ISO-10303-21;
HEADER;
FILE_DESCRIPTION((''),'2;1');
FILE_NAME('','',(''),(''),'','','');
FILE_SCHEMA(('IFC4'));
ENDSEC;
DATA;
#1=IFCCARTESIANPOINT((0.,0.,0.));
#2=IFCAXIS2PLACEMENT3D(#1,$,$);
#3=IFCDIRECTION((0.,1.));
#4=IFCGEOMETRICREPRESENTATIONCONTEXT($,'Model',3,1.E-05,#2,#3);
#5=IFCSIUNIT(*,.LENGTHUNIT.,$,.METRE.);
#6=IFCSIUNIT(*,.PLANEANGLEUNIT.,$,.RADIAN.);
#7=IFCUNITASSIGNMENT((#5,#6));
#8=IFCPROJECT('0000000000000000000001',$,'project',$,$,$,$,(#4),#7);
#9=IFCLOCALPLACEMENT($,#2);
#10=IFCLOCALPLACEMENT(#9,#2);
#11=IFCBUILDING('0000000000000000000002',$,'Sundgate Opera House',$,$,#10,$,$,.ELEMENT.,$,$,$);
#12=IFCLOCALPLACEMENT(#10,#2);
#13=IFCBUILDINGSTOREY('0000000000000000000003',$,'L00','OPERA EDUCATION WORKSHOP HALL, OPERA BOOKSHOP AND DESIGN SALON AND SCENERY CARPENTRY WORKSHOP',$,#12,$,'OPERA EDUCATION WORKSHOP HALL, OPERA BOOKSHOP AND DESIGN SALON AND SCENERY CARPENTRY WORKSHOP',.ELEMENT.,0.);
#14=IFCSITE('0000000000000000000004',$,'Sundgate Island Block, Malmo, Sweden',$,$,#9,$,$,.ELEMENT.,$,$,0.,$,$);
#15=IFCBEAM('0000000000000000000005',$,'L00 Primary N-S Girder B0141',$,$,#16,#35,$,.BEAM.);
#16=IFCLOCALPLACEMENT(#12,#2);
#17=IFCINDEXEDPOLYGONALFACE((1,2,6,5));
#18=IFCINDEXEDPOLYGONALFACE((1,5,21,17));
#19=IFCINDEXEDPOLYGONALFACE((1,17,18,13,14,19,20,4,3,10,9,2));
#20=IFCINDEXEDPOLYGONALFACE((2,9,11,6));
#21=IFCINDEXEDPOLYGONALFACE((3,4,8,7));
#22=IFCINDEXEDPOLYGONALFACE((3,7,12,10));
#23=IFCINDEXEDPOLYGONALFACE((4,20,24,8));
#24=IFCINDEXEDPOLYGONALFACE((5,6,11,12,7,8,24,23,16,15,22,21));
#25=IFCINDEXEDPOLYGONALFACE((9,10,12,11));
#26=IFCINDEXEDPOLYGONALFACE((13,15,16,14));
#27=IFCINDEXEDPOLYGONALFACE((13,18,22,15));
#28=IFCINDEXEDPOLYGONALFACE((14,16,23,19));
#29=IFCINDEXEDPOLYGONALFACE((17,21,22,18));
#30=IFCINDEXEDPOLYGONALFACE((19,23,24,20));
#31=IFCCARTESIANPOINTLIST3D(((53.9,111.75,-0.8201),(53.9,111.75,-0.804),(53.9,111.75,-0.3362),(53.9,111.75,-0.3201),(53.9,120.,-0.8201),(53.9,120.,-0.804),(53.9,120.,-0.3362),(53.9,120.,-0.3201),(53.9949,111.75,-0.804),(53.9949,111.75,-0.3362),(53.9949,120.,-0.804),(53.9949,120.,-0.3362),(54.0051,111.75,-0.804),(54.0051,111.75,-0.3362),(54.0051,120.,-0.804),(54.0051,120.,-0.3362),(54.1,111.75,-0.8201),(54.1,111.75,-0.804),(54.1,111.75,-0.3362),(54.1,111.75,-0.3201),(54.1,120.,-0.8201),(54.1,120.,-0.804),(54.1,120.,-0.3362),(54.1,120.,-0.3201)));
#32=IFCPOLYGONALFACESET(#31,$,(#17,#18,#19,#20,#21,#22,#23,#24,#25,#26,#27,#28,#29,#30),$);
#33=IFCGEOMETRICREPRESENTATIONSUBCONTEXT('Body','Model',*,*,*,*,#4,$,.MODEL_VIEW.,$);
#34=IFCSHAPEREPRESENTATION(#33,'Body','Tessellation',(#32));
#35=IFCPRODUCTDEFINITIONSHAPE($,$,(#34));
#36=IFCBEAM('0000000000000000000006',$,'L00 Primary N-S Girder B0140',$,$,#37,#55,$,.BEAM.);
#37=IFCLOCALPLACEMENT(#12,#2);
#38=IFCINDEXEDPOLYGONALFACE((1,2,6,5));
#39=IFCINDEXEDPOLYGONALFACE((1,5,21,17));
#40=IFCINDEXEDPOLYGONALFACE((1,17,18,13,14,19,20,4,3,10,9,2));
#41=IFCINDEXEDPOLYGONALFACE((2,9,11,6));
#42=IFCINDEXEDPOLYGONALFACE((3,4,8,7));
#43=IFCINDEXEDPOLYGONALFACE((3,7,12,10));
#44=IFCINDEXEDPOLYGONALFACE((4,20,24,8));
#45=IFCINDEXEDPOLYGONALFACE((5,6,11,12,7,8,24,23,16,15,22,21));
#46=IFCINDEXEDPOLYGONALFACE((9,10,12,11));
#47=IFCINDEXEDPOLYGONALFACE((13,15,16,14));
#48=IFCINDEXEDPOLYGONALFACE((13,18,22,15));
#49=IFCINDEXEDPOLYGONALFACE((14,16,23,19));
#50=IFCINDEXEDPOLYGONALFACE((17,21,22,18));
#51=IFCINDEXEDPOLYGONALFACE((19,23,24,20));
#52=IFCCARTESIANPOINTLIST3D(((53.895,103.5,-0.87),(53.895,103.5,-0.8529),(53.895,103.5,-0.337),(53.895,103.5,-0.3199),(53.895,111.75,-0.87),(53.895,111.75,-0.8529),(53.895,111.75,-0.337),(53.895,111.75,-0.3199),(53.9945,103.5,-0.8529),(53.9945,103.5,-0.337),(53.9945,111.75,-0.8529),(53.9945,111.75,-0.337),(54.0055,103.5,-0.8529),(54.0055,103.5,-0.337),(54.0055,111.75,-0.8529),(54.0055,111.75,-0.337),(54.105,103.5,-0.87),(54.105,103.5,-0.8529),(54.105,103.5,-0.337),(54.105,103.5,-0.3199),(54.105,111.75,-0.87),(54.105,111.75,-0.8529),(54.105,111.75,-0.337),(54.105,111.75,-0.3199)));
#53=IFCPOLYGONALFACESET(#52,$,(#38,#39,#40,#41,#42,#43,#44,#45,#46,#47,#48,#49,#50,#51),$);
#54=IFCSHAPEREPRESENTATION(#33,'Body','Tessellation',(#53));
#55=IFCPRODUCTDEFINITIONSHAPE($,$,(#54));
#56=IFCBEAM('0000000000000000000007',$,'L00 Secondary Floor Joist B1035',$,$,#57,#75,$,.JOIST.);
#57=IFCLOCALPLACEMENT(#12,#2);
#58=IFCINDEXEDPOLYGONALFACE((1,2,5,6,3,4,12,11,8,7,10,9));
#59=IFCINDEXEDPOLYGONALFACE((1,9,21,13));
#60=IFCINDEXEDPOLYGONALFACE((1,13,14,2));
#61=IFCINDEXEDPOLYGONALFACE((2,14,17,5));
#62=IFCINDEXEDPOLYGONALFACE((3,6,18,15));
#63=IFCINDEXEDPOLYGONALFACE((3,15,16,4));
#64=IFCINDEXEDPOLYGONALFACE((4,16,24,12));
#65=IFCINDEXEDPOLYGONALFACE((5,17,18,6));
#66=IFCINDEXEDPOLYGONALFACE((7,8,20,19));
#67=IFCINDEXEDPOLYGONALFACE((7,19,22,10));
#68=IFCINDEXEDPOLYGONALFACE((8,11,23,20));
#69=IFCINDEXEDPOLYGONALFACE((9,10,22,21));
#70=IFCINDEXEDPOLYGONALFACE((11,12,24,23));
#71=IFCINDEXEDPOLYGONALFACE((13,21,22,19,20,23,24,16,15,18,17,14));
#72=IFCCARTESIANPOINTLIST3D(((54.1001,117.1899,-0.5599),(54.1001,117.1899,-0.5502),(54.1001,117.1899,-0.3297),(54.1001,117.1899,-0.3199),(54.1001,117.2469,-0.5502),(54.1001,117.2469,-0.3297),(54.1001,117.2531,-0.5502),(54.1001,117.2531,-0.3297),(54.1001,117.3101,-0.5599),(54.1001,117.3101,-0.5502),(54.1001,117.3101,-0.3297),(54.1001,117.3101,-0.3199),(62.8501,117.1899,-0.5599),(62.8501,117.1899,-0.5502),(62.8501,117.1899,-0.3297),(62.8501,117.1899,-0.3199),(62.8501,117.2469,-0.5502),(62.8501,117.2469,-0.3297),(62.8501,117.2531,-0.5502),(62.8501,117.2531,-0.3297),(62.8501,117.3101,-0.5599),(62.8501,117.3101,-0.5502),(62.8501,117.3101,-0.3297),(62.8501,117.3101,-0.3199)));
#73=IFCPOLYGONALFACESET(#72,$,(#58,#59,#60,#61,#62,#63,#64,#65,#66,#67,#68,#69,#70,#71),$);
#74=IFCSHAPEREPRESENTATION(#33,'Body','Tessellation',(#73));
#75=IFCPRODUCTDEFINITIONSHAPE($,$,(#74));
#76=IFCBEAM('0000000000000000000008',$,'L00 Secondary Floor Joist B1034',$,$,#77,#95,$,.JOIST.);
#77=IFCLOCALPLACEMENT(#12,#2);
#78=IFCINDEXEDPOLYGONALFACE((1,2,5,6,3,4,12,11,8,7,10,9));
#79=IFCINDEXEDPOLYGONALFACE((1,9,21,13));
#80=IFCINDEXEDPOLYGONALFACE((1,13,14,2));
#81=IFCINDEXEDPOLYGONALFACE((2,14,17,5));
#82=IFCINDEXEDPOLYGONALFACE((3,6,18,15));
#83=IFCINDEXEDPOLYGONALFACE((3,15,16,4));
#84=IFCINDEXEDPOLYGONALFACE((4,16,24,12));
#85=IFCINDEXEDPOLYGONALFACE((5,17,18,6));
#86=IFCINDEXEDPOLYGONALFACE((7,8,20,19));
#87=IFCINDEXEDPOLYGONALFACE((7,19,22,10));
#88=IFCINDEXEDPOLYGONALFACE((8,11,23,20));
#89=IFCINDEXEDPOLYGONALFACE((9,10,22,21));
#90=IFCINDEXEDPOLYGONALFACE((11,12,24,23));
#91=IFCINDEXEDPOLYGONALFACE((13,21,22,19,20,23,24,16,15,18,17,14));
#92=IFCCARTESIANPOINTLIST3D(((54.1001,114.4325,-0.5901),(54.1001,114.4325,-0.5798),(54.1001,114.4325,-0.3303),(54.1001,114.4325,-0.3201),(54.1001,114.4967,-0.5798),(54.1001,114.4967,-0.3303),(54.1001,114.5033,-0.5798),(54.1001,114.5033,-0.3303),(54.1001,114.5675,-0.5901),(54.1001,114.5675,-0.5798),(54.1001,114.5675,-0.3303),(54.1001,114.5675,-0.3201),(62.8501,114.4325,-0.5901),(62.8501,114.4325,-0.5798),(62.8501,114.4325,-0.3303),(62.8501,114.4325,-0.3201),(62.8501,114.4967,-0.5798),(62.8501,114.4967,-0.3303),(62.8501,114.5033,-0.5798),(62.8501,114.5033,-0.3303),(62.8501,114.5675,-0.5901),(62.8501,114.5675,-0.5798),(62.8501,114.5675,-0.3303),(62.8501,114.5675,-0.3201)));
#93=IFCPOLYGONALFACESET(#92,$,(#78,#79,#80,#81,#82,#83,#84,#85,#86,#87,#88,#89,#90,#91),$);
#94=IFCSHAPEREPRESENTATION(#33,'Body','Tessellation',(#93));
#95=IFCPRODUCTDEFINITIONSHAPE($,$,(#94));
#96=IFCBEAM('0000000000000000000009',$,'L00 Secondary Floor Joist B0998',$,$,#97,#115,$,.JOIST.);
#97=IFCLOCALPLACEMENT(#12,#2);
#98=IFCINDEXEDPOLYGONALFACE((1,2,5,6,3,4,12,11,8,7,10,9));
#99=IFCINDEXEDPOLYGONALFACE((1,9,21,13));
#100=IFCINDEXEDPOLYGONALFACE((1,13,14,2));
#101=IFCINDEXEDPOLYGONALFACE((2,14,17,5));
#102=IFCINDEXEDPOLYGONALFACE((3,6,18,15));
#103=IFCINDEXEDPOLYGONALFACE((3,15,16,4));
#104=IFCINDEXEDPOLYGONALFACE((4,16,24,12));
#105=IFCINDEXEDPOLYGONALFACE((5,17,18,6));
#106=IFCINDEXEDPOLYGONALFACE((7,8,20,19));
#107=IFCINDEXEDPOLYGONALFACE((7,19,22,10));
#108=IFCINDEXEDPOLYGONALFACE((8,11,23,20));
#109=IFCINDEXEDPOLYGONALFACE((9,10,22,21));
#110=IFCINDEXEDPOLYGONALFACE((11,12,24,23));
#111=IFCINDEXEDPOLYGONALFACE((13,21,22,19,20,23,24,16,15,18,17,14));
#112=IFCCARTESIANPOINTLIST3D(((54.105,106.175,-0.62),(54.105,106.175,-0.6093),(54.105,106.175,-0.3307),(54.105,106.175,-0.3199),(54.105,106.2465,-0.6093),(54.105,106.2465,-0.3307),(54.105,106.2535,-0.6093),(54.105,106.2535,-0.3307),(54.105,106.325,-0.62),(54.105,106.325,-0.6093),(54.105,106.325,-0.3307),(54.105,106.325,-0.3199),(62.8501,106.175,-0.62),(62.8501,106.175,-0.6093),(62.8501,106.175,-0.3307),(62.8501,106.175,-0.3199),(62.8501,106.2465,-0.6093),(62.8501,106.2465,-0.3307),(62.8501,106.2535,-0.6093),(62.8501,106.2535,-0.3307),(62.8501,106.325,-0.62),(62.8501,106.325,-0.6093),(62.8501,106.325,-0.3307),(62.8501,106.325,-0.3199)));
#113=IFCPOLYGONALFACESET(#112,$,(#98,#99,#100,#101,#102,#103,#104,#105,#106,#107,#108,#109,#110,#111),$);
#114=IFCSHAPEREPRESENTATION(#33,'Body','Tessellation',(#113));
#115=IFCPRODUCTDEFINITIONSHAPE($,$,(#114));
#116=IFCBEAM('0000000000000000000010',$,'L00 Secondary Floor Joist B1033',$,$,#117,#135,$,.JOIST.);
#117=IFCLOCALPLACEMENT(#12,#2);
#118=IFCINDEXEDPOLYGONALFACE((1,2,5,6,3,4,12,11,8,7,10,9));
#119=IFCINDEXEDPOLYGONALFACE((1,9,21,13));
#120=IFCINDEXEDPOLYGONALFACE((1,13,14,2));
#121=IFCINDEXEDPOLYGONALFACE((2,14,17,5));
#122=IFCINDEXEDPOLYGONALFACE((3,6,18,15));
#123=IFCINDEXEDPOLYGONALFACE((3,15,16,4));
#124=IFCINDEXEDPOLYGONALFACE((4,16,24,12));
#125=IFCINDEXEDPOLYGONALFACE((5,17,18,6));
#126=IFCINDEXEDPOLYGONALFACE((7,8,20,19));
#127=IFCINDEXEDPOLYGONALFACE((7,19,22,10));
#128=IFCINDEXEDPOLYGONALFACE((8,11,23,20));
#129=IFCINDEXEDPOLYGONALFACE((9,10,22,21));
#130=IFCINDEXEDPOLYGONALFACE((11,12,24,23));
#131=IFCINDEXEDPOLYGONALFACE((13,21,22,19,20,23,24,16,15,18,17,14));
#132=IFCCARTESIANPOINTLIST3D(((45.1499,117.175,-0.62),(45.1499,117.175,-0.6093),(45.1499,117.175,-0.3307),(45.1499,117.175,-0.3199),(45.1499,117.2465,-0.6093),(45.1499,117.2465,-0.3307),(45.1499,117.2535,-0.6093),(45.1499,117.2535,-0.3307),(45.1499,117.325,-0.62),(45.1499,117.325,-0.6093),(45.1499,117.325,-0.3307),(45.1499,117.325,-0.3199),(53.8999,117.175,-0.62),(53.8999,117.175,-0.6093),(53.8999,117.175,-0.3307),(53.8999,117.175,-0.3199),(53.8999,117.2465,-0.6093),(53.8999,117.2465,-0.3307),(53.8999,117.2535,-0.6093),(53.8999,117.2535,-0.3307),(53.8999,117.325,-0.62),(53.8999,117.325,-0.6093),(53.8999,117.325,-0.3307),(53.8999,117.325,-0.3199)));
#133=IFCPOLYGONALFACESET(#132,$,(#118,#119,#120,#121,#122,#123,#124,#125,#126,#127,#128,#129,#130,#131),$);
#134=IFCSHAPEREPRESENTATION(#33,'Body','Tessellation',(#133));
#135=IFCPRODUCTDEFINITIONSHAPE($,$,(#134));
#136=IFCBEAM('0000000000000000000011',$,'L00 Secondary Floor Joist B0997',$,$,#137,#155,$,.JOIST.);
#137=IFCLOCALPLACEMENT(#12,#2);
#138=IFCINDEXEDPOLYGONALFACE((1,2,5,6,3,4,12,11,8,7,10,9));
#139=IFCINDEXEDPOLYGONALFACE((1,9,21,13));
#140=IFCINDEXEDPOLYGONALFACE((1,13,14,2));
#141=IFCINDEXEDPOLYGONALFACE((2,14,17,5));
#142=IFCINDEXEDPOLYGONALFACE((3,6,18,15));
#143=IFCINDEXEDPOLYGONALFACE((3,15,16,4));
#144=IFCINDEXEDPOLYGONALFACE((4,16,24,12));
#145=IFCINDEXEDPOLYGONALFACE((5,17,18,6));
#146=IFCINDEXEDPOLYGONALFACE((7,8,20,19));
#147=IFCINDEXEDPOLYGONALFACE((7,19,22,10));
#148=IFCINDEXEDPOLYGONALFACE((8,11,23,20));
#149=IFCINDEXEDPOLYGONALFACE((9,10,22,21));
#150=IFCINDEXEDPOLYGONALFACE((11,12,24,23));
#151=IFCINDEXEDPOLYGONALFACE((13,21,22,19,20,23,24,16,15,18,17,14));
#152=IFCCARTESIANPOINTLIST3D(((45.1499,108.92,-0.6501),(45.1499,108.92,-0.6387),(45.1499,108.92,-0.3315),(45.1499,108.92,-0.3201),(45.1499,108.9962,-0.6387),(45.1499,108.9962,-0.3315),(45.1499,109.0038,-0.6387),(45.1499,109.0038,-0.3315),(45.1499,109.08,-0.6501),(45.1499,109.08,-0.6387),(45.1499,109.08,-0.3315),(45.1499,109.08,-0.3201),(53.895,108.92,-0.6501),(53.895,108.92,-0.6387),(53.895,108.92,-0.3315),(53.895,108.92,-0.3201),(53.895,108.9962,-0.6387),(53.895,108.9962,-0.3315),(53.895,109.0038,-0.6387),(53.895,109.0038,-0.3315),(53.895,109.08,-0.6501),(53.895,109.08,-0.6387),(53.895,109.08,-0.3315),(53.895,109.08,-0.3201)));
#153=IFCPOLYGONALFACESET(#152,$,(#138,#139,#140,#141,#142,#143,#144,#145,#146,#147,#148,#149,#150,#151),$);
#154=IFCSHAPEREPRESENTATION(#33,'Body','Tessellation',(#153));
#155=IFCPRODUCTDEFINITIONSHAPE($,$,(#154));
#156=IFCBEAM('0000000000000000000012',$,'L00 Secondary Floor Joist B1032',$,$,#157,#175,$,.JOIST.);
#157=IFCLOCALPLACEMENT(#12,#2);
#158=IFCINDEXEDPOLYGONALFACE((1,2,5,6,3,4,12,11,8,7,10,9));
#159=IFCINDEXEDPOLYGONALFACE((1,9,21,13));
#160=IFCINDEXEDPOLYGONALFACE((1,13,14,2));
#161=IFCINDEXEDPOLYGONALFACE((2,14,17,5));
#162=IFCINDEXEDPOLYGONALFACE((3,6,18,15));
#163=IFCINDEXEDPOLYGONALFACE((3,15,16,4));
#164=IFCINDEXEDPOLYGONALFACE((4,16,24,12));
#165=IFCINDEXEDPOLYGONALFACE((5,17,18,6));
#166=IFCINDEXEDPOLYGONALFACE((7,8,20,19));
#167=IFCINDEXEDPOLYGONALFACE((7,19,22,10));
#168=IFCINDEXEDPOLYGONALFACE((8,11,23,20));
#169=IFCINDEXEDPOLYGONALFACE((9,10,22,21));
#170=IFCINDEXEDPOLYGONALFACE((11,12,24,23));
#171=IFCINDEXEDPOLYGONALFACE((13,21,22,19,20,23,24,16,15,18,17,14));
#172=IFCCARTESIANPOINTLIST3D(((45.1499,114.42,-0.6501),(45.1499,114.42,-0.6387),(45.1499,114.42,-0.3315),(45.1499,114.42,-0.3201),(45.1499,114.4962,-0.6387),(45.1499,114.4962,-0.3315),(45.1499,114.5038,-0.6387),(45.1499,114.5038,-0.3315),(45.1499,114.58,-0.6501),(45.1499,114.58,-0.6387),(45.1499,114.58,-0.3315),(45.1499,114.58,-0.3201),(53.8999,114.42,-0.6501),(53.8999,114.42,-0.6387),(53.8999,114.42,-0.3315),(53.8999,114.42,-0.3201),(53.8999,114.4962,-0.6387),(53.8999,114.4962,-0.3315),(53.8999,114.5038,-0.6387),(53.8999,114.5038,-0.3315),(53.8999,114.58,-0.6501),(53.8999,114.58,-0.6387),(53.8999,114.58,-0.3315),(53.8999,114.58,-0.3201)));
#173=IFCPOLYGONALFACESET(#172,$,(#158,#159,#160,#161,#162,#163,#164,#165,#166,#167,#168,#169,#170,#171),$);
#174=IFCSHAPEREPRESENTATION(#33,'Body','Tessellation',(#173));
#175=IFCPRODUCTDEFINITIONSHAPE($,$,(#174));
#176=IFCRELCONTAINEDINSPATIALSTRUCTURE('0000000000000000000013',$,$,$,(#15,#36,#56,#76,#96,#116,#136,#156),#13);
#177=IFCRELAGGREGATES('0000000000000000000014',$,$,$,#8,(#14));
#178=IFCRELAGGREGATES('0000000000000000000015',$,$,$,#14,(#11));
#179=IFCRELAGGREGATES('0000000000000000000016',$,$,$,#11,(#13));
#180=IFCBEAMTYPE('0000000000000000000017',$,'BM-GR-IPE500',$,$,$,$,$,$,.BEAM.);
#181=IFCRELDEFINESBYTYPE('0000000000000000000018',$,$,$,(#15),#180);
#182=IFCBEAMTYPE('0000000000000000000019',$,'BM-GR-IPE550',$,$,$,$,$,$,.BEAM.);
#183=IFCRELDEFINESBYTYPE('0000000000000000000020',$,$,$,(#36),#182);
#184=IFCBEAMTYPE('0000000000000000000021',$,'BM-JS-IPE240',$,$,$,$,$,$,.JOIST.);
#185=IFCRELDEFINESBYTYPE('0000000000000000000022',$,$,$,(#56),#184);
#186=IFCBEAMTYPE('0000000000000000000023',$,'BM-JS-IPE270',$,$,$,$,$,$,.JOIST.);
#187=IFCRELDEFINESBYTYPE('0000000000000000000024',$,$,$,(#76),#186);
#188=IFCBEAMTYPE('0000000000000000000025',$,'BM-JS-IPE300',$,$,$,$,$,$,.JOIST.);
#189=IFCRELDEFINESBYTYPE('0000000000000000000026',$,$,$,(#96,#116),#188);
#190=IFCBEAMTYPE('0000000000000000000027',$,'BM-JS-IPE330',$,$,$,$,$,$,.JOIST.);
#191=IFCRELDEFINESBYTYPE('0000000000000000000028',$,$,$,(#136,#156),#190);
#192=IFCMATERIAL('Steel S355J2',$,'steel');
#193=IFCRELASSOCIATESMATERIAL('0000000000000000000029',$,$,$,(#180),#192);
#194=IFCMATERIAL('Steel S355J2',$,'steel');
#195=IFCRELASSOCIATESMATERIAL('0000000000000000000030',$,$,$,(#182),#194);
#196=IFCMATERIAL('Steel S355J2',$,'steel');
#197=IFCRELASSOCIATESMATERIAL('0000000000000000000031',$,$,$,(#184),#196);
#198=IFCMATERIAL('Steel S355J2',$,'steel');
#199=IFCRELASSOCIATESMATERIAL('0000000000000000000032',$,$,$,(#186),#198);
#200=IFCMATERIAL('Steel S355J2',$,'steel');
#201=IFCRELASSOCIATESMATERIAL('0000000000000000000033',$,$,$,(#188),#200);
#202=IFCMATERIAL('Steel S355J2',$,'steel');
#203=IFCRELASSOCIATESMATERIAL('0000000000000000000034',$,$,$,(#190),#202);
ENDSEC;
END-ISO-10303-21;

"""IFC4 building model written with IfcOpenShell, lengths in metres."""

from ifc_helpers import new_model, si_unit, direction, frame, origin, origin_2d, place, context, subcontext, project, spatial, i_section, extrude, material, material_profile, profile_set, type_object, element, save


model = new_model("IFC4")

# Units and contexts
model_context = context("Model", 3, precision=1e-05, world=origin(), true_north=direction((0.0, 1.0)))
body_context = subcontext(model_context, "Body", "Model", "MODEL_VIEW")
ifc_project = project(units=[si_unit("LENGTHUNIT", "METRE"), si_unit("PLANEANGLEUNIT", "RADIAN")], contexts=[model_context])

# Site, building, storey
site_placement = place(None, origin())
site = spatial("IfcSite", under=ifc_project, at=site_placement, Name="Sundgate Island Block, Malmo, Sweden", CompositionType="ELEMENT", RefElevation=0.0)
building_placement = place(site_placement, origin())
building = spatial("IfcBuilding", under=site, at=building_placement, Name="Sundgate Opera House", CompositionType="ELEMENT")
storey_placement = place(building_placement, origin())
storey = spatial("IfcBuildingStorey", under=building, at=storey_placement, Name="L00", Description="OPERA EDUCATION WORKSHOP HALL, OPERA BOOKSHOP AND DESIGN SALON AND SCENERY CARPENTRY WORKSHOP", LongName="OPERA EDUCATION WORKSHOP HALL, OPERA BOOKSHOP AND DESIGN SALON AND SCENERY CARPENTRY WORKSHOP", CompositionType="ELEMENT", Elevation=0.0)

# Beams
ifc_material_1 = material(Name="Steel S355J2", Category="steel")
ifc_material_profile_1 = material_profile(ifc_material_1, i_section(OverallWidth=0.2, OverallDepth=0.5, WebThickness=0.0103, FlangeThickness=0.0161, at=origin_2d()), Name="IPE 500")
ifc_profile_set_1 = profile_set([ifc_material_profile_1], Name="Steel S355J2")
beam_type_1 = type_object("IfcBeamType", Name="BM-GR-IPE500", PredefinedType="BEAM", material=ifc_profile_set_1)
beam_1_placement = place(storey_placement, frame((54.0, 111.75, -0.5701), z_axis=(0.0, 1.0, 0.0), x_axis=(-1.0, 0.0, 0.0)))
element("IfcBeam", 1, at=beam_1_placement, inside=storey, type_object=beam_type_1, Name="L00 Primary N-S Girder B0141", PredefinedType="BEAM", context=body_context, shape_type="SweptSolid", body=[
    extrude(i_section(OverallWidth=0.2, OverallDepth=0.5, WebThickness=0.0103, FlangeThickness=0.0161, at=origin_2d()), origin(), (0.0, 0.0, 1.0), 8.25),
])
ifc_material_2 = material(Name="Steel S355J2", Category="steel")
ifc_material_profile_2 = material_profile(ifc_material_2, i_section(OverallWidth=0.21, OverallDepth=0.55, WebThickness=0.011, FlangeThickness=0.0171, at=origin_2d()), Name="IPE 550")
ifc_profile_set_2 = profile_set([ifc_material_profile_2], Name="Steel S355J2")
beam_type_2 = type_object("IfcBeamType", Name="BM-GR-IPE550", PredefinedType="BEAM", material=ifc_profile_set_2)
beam_2_placement = place(storey_placement, frame((54.0, 103.5, -0.595), z_axis=(0.0, 1.0, 0.0), x_axis=(-1.0, 0.0, 0.0)))
element("IfcBeam", 2, at=beam_2_placement, inside=storey, type_object=beam_type_2, Name="L00 Primary N-S Girder B0140", PredefinedType="BEAM", context=body_context, shape_type="SweptSolid", body=[
    extrude(i_section(OverallWidth=0.21, OverallDepth=0.55, WebThickness=0.011, FlangeThickness=0.0171, at=origin_2d()), origin(), (0.0, 0.0, 1.0), 8.25),
])
ifc_material_3 = material(Name="Steel S355J2", Category="steel")
ifc_material_profile_3 = material_profile(ifc_material_3, i_section(OverallWidth=0.1201, OverallDepth=0.24, WebThickness=0.0061, FlangeThickness=0.0098, at=origin_2d()), Name="IPE 240")
ifc_profile_set_3 = profile_set([ifc_material_profile_3], Name="Steel S355J2")
beam_type_3 = type_object("IfcBeamType", Name="BM-JS-IPE240", PredefinedType="JOIST", material=ifc_profile_set_3)
beam_3_placement = place(storey_placement, frame((54.1001, 117.25, -0.4399), z_axis=(1.0, 0.0, 0.0), x_axis=(0.0, 1.0, 0.0)))
element("IfcBeam", 3, at=beam_3_placement, inside=storey, type_object=beam_type_3, Name="L00 Secondary Floor Joist B1035", PredefinedType="JOIST", context=body_context, shape_type="SweptSolid", body=[
    extrude(i_section(OverallWidth=0.1201, OverallDepth=0.24, WebThickness=0.0061, FlangeThickness=0.0098, at=origin_2d()), origin(), (0.0, 0.0, 1.0), 8.75),
])
ifc_material_4 = material(Name="Steel S355J2", Category="steel")
ifc_material_profile_4 = material_profile(ifc_material_4, i_section(OverallWidth=0.135, OverallDepth=0.27, WebThickness=0.0066, FlangeThickness=0.0103, at=origin_2d()), Name="IPE 270")
ifc_profile_set_4 = profile_set([ifc_material_profile_4], Name="Steel S355J2")
beam_type_4 = type_object("IfcBeamType", Name="BM-JS-IPE270", PredefinedType="JOIST", material=ifc_profile_set_4)
beam_4_placement = place(storey_placement, frame((54.1001, 114.5, -0.4551), z_axis=(1.0, 0.0, 0.0), x_axis=(0.0, 1.0, 0.0)))
element("IfcBeam", 4, at=beam_4_placement, inside=storey, type_object=beam_type_4, Name="L00 Secondary Floor Joist B1034", PredefinedType="JOIST", context=body_context, shape_type="SweptSolid", body=[
    extrude(i_section(OverallWidth=0.135, OverallDepth=0.27, WebThickness=0.0066, FlangeThickness=0.0103, at=origin_2d()), origin(), (0.0, 0.0, 1.0), 8.75),
])
ifc_material_5 = material(Name="Steel S355J2", Category="steel")
ifc_material_profile_5 = material_profile(ifc_material_5, i_section(OverallWidth=0.1499, OverallDepth=0.3, WebThickness=0.0071, FlangeThickness=0.0107, at=origin_2d()), Name="IPE 300")
ifc_profile_set_5 = profile_set([ifc_material_profile_5], Name="Steel S355J2")
beam_type_5 = type_object("IfcBeamType", Name="BM-JS-IPE300", PredefinedType="JOIST", material=ifc_profile_set_5)
beam_5_placement = place(storey_placement, frame((54.105, 106.25, -0.47), z_axis=(1.0, 0.0, 0.0), x_axis=(0.0, 1.0, 0.0)))
element("IfcBeam", 5, at=beam_5_placement, inside=storey, type_object=beam_type_5, Name="L00 Secondary Floor Joist B0998", PredefinedType="JOIST", context=body_context, shape_type="SweptSolid", body=[
    extrude(i_section(OverallWidth=0.1499, OverallDepth=0.3, WebThickness=0.0071, FlangeThickness=0.0107, at=origin_2d()), origin(), (0.0, 0.0, 1.0), 8.7451),
])
beam_6_placement = place(storey_placement, frame((45.1499, 117.25, -0.47), z_axis=(1.0, 0.0, 0.0), x_axis=(0.0, 1.0, 0.0)))
element("IfcBeam", 6, at=beam_6_placement, inside=storey, type_object=beam_type_5, Name="L00 Secondary Floor Joist B1033", PredefinedType="JOIST", context=body_context, shape_type="SweptSolid", body=[
    extrude(i_section(OverallWidth=0.1499, OverallDepth=0.3, WebThickness=0.0071, FlangeThickness=0.0107, at=origin_2d()), origin(), (0.0, 0.0, 1.0), 8.75),
])
ifc_material_6 = material(Name="Steel S355J2", Category="steel")
ifc_material_profile_6 = material_profile(ifc_material_6, i_section(OverallWidth=0.1599, OverallDepth=0.3301, WebThickness=0.0076, FlangeThickness=0.0115, at=origin_2d()), Name="IPE 330")
ifc_profile_set_6 = profile_set([ifc_material_profile_6], Name="Steel S355J2")
beam_type_6 = type_object("IfcBeamType", Name="BM-JS-IPE330", PredefinedType="JOIST", material=ifc_profile_set_6)
beam_7_placement = place(storey_placement, frame((45.1499, 109.0, -0.4851), z_axis=(1.0, 0.0, 0.0), x_axis=(0.0, 1.0, 0.0)))
element("IfcBeam", 7, at=beam_7_placement, inside=storey, type_object=beam_type_6, Name="L00 Secondary Floor Joist B0997", PredefinedType="JOIST", context=body_context, shape_type="SweptSolid", body=[
    extrude(i_section(OverallWidth=0.1599, OverallDepth=0.3301, WebThickness=0.0076, FlangeThickness=0.0115, at=origin_2d()), origin(), (0.0, 0.0, 1.0), 8.7451),
])
beam_8_placement = place(storey_placement, frame((45.1499, 114.5, -0.4851), z_axis=(1.0, 0.0, 0.0), x_axis=(0.0, 1.0, 0.0)))
element("IfcBeam", 8, at=beam_8_placement, inside=storey, type_object=beam_type_6, Name="L00 Secondary Floor Joist B1032", PredefinedType="JOIST", context=body_context, shape_type="SweptSolid", body=[
    extrude(i_section(OverallWidth=0.1599, OverallDepth=0.3301, WebThickness=0.0076, FlangeThickness=0.0115, at=origin_2d()), origin(), (0.0, 0.0, 1.0), 8.75),
])

save(model, "model.ifc")
